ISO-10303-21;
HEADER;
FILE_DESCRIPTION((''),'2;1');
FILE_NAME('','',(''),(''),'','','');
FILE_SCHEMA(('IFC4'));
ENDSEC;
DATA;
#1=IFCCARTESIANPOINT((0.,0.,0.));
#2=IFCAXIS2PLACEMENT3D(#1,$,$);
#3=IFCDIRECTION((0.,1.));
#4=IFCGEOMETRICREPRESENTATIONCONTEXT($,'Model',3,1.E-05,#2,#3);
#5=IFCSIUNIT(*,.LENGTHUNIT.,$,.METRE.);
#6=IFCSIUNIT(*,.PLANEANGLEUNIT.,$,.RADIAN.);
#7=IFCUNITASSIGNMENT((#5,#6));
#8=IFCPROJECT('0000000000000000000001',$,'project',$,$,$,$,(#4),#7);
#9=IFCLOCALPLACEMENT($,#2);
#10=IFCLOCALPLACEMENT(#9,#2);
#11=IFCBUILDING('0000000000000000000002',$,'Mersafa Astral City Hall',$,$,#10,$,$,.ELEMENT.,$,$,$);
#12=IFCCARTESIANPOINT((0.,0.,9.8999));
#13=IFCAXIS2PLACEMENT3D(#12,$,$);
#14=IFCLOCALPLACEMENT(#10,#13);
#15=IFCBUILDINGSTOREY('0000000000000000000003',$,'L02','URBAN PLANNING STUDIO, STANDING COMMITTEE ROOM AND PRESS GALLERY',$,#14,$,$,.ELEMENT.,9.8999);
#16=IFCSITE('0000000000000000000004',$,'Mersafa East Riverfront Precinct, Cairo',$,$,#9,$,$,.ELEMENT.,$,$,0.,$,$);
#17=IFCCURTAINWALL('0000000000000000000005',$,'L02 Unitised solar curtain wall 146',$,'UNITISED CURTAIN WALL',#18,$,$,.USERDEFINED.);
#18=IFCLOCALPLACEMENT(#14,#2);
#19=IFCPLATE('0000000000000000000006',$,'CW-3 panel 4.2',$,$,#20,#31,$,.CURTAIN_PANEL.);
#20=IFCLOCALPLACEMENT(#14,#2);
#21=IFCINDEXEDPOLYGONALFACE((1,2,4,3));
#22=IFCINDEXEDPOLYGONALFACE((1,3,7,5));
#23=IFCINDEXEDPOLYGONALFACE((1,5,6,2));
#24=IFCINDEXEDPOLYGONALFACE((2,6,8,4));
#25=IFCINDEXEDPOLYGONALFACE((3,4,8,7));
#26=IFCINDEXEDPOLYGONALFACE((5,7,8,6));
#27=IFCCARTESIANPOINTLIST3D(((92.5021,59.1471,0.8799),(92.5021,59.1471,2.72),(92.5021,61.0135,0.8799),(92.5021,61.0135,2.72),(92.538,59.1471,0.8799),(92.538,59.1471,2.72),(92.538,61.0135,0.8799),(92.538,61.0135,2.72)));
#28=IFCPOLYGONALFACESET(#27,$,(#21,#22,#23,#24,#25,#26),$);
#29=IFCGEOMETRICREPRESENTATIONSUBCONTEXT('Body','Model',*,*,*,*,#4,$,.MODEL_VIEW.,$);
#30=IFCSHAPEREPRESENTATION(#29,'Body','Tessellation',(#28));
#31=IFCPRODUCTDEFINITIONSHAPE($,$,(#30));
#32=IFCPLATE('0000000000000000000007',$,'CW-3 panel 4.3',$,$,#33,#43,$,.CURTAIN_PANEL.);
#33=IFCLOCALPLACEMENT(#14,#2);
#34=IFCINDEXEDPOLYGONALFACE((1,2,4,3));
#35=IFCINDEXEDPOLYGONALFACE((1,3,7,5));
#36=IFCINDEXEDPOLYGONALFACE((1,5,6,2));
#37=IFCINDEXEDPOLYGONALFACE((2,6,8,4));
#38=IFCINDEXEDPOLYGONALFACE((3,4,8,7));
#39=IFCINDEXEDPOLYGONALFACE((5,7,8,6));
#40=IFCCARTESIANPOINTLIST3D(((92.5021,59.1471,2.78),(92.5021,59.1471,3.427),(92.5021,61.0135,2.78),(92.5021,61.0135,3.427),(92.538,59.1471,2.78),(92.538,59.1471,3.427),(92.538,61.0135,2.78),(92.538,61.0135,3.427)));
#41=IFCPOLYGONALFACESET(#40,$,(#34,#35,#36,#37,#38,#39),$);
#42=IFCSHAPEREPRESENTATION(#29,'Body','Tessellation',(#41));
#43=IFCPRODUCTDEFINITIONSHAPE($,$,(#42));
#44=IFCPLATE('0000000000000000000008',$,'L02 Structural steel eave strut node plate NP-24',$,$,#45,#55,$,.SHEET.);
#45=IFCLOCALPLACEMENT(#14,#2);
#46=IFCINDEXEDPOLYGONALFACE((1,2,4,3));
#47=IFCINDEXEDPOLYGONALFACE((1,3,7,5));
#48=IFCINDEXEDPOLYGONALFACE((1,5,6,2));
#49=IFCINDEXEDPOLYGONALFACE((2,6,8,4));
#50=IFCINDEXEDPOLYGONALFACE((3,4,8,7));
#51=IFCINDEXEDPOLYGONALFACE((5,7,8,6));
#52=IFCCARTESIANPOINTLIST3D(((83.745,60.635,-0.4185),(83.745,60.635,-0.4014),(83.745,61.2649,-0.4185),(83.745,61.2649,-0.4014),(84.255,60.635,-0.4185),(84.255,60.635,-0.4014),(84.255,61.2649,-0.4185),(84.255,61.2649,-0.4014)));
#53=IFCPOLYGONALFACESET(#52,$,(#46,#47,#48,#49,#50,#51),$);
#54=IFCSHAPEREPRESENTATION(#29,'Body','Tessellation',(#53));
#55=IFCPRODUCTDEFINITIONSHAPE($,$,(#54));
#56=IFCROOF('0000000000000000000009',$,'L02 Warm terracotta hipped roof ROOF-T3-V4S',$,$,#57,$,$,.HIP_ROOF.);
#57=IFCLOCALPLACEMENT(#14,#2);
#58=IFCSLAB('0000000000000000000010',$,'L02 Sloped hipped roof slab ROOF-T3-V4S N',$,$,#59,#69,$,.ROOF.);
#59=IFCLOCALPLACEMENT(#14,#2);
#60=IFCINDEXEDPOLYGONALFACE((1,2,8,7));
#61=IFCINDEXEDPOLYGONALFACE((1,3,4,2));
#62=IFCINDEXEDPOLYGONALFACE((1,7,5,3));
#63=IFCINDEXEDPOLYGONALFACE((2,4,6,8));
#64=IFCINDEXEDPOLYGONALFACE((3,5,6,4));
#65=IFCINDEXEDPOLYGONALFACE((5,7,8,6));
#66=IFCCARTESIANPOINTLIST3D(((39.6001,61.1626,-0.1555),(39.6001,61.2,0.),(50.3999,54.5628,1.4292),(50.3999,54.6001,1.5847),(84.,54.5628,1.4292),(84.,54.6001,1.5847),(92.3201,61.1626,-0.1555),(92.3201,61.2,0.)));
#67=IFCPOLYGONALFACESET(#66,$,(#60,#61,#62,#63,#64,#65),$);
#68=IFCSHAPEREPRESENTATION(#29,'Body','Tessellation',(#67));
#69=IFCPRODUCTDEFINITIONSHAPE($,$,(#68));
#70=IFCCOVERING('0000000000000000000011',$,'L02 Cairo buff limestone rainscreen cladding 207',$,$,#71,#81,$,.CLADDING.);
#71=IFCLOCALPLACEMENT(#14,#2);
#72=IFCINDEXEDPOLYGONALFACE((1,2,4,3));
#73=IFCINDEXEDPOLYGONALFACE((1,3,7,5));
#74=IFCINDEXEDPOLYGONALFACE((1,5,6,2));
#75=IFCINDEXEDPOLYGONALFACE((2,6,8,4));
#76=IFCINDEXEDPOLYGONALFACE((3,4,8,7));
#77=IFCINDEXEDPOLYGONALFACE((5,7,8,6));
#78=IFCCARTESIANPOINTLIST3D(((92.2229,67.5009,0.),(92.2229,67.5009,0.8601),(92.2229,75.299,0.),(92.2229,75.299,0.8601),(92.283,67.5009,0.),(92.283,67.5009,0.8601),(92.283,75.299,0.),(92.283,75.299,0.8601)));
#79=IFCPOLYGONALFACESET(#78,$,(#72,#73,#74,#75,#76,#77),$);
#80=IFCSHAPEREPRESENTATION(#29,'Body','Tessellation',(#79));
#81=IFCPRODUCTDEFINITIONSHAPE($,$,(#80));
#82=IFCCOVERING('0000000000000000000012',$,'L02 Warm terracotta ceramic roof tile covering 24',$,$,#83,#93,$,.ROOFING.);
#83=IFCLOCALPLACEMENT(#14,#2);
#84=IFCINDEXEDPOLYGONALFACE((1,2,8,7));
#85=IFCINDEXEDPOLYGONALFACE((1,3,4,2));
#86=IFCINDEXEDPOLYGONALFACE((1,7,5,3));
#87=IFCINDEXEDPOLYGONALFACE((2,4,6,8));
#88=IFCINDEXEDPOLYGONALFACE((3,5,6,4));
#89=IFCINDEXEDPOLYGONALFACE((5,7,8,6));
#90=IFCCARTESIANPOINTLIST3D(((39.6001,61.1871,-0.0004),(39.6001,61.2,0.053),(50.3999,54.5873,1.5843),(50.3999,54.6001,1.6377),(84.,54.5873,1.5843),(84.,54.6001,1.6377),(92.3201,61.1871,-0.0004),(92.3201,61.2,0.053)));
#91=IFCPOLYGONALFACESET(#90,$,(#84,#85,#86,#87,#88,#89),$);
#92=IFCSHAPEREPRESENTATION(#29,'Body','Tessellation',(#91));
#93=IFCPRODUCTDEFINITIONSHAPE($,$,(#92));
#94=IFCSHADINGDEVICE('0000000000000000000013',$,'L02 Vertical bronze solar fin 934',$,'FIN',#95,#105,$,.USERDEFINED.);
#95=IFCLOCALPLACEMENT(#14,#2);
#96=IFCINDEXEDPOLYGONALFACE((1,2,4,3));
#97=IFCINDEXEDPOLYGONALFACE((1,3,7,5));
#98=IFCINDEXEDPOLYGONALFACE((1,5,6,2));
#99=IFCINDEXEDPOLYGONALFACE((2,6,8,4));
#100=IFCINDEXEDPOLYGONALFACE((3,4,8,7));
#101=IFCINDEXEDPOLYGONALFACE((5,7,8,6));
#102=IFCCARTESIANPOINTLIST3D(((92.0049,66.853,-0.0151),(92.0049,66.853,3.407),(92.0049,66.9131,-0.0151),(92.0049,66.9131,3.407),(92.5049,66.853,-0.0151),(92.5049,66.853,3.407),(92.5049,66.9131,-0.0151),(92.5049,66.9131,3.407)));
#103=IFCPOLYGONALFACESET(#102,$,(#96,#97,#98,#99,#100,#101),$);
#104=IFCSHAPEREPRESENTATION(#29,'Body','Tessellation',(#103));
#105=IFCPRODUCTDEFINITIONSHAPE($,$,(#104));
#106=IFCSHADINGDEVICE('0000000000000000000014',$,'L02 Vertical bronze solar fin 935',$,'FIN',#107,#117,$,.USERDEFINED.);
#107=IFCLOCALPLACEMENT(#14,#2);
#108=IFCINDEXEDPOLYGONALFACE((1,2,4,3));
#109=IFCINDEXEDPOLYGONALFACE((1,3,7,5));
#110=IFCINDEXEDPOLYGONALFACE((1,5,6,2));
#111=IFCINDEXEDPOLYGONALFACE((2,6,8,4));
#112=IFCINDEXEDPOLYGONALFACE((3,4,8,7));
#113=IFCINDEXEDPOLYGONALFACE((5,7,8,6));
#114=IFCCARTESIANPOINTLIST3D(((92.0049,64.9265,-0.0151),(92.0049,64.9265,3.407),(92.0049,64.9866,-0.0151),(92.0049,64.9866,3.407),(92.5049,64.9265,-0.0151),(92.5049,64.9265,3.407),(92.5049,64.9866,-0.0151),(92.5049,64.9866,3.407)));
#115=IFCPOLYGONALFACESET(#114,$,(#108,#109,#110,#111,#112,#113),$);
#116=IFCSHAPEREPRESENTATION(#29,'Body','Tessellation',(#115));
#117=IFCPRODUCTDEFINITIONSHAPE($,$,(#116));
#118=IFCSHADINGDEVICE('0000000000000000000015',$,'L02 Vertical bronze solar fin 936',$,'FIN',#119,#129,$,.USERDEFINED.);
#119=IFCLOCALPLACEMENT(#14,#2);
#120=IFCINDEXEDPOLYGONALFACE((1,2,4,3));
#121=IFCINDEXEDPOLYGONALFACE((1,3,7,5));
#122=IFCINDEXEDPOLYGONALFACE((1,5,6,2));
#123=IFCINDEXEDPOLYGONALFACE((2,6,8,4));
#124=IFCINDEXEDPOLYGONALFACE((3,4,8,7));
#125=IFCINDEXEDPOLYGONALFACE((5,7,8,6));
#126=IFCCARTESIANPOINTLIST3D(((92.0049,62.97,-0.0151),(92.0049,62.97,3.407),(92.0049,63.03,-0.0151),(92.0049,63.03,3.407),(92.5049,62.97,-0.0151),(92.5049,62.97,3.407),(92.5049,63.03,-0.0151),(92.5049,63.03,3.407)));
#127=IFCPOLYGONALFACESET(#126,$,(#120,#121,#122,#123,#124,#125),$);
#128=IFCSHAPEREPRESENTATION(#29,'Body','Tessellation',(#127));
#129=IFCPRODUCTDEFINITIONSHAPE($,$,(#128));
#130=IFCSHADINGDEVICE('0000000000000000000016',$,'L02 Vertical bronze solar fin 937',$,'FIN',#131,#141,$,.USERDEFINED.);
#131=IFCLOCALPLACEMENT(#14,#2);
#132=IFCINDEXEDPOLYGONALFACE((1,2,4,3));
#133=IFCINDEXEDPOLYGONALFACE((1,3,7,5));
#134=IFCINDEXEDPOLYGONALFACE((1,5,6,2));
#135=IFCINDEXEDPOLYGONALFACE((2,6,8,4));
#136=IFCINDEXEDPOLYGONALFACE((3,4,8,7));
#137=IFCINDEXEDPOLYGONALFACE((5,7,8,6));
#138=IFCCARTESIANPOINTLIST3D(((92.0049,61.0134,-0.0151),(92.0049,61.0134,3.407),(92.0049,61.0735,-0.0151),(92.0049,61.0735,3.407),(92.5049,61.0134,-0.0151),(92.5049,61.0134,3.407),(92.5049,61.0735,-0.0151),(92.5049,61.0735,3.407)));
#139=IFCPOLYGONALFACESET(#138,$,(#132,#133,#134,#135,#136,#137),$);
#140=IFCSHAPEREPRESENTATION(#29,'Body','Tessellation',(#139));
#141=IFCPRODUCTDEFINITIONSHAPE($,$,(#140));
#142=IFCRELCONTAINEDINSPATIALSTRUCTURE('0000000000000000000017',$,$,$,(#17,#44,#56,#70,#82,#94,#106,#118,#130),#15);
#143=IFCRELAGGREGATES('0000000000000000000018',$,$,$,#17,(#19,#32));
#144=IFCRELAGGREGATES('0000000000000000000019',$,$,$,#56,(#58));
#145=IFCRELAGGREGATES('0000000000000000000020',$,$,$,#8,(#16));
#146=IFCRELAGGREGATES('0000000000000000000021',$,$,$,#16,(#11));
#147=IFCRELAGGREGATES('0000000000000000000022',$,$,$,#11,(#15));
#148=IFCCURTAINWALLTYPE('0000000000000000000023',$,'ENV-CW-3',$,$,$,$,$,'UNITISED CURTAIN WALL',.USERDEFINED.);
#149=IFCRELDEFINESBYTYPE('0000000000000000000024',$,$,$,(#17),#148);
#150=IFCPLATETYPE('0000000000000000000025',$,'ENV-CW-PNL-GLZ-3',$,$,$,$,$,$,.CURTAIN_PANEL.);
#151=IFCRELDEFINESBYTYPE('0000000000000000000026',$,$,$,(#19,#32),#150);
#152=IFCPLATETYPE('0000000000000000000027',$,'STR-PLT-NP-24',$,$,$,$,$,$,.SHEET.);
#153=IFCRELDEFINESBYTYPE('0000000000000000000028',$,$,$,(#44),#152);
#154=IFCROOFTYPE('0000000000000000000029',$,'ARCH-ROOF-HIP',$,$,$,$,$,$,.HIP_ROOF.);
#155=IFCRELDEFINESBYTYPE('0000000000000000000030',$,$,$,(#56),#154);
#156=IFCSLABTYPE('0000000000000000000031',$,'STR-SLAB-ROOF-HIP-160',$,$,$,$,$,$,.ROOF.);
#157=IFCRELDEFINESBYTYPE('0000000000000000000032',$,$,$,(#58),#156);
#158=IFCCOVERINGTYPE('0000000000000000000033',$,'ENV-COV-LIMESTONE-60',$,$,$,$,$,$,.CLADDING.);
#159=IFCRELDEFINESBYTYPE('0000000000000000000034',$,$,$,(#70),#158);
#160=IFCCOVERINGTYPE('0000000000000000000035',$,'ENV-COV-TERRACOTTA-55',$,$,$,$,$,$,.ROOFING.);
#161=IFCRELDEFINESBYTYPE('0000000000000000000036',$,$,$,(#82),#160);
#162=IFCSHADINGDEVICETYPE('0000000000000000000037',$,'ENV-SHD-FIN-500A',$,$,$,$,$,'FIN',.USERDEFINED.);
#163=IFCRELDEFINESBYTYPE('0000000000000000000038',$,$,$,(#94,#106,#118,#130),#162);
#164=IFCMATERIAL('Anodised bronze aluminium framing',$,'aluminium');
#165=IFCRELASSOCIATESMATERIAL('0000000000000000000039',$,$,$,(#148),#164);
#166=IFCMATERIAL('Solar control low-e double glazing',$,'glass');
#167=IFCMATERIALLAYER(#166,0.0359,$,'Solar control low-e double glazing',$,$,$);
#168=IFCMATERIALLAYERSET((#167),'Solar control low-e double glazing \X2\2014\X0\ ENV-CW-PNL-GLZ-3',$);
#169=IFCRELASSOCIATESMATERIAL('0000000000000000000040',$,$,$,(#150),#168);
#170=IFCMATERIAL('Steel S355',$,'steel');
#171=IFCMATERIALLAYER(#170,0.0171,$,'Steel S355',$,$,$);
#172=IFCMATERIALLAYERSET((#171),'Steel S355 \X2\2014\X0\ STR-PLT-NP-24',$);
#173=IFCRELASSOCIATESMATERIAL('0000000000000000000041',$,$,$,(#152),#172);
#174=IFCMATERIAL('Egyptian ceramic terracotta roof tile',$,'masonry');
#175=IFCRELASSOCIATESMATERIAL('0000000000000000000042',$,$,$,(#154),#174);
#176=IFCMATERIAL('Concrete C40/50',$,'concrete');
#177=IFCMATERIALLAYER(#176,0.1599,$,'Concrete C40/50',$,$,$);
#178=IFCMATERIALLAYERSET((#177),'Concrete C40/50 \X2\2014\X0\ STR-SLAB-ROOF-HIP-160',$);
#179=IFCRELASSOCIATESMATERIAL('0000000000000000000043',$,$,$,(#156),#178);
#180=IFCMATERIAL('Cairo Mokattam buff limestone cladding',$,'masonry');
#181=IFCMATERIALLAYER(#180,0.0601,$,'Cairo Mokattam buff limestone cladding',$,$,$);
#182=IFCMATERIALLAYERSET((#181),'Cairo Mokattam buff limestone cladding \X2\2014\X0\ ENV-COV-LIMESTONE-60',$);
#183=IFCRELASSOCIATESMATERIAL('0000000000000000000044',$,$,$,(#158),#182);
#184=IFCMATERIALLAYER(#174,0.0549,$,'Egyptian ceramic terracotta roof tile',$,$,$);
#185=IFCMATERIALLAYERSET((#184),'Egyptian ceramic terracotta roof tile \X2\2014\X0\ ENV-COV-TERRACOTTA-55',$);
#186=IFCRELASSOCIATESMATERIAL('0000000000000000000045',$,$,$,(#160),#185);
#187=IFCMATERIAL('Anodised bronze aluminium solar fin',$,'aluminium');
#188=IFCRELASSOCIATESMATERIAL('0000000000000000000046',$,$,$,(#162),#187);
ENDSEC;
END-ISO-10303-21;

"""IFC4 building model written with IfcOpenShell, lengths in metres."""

from ifc_helpers import new_model, si_unit, direction, frame, origin, origin_2d, place, context, subcontext, project, spatial, polyline, rectangle, outline, extrude, material, layer, layer_set, type_object, element, aggregate, save


model = new_model("IFC4")

# Units and contexts
model_context = context("Model", 3, precision=1e-05, world=origin(), true_north=direction((0.0, 1.0)))
body_context = subcontext(model_context, "Body", "Model", "MODEL_VIEW")
ifc_project = project(units=[si_unit("LENGTHUNIT", "METRE"), si_unit("PLANEANGLEUNIT", "RADIAN")], contexts=[model_context])

# Site, building, storey
site_placement = place(None, origin())
site = spatial("IfcSite", under=ifc_project, at=site_placement, Name="Mersafa East Riverfront Precinct, Cairo", CompositionType="ELEMENT", RefElevation=0.0)
building_placement = place(site_placement, origin())
building = spatial("IfcBuilding", under=site, at=building_placement, Name="Mersafa Astral City Hall", CompositionType="ELEMENT")
storey_placement = place(building_placement, frame((0.0, 0.0, 9.8999)))
storey = spatial("IfcBuildingStorey", under=building, at=storey_placement, Name="L02", Description="URBAN PLANNING STUDIO, STANDING COMMITTEE ROOM AND PRESS GALLERY", CompositionType="ELEMENT", Elevation=9.8999)

# Shared definitions
ifc_material_1 = material(Name="Steel S355", Category="steel")

# Curtain wall
ifc_material_2 = material(Name="Anodised bronze aluminium framing", Category="aluminium")
curtain_wall_type = type_object("IfcCurtainWallType", Name="ENV-CW-3", ElementType="UNITISED CURTAIN WALL", PredefinedType="USERDEFINED", material=ifc_material_2)
curtain_wall_placement = place(storey_placement, origin())
curtain_wall = element("IfcCurtainWall", 1, at=curtain_wall_placement, inside=storey, type_object=curtain_wall_type, Name="L02 Unitised solar curtain wall 146", ObjectType="UNITISED CURTAIN WALL", PredefinedType="USERDEFINED")

# Plates
ifc_material_3 = material(Name="Solar control low-e double glazing", Category="glass")
ifc_layer_1 = layer(ifc_material_3, 0.0359, Name="Solar control low-e double glazing")
ifc_layer_set_1 = layer_set([ifc_layer_1], Name="Solar control low-e double glazing — ENV-CW-PNL-GLZ-3")
plate_type_1 = type_object("IfcPlateType", Name="ENV-CW-PNL-GLZ-3", PredefinedType="CURTAIN_PANEL", material=ifc_layer_set_1)
plate_1_placement = place(storey_placement, frame((92.52, 60.0803, 0.8799), z_axis=(0.0, 0.0, 1.0), x_axis=(0.0, -1.0, 0.0)))
plate_1 = element("IfcPlate", 2, at=plate_1_placement, type_object=plate_type_1, Name="CW-3 panel 4.2", PredefinedType="CURTAIN_PANEL", context=body_context, shape_type="SweptSolid", body=[
    extrude(rectangle(XDim=1.8665, YDim=0.0359, at=origin_2d()), origin(), (0.0, 0.0, 1.0), 1.8401),
])
plate_2_placement = place(storey_placement, frame((92.52, 60.0803, 2.78), z_axis=(0.0, 0.0, 1.0), x_axis=(0.0, -1.0, 0.0)))
plate_2 = element("IfcPlate", 3, at=plate_2_placement, type_object=plate_type_1, Name="CW-3 panel 4.3", PredefinedType="CURTAIN_PANEL", context=body_context, shape_type="SweptSolid", body=[
    extrude(rectangle(XDim=1.8665, YDim=0.0359, at=origin_2d()), origin(), (0.0, 0.0, 1.0), 0.647),
])
aggregate(curtain_wall, [plate_1, plate_2])
ifc_layer_2 = layer(ifc_material_1, 0.0171, Name="Steel S355")
ifc_layer_set_2 = layer_set([ifc_layer_2], Name="Steel S355 — STR-PLT-NP-24")
plate_type_2 = type_object("IfcPlateType", Name="STR-PLT-NP-24", PredefinedType="SHEET", material=ifc_layer_set_2)
plate_3_placement = place(storey_placement, frame((84.0, 60.95, -0.4185), z_axis=(0.0, 0.0, 1.0), x_axis=(1.0, 0.0, 0.0)))
element("IfcPlate", 4, at=plate_3_placement, inside=storey, type_object=plate_type_2, Name="L02 Structural steel eave strut node plate NP-24", PredefinedType="SHEET", context=body_context, shape_type="SweptSolid", body=[
    extrude(rectangle(XDim=0.51, YDim=0.6299, at=origin_2d()), origin(), (0.0, 0.0, 1.0), 0.0171),
])

# Roof, slab
ifc_material_4 = material(Name="Egyptian ceramic terracotta roof tile", Category="masonry")
roof_type = type_object("IfcRoofType", Name="ARCH-ROOF-HIP", PredefinedType="HIP_ROOF", material=ifc_material_4)
roof_placement = place(storey_placement, origin())
roof = element("IfcRoof", 5, at=roof_placement, inside=storey, type_object=roof_type, Name="L02 Warm terracotta hipped roof ROOF-T3-V4S", PredefinedType="HIP_ROOF")
ifc_material_5 = material(Name="Concrete C40/50", Category="concrete")
ifc_layer_3 = layer(ifc_material_5, 0.1599, Name="Concrete C40/50")
ifc_layer_set_3 = layer_set([ifc_layer_3], Name="Concrete C40/50 — STR-SLAB-ROOF-HIP-160")
slab_type = type_object("IfcSlabType", Name="STR-SLAB-ROOF-HIP-160", PredefinedType="ROOF", material=ifc_layer_set_3)
slab_placement = place(storey_placement, frame((92.3201, 61.2, 0.0), z_axis=(0.0, 0.233478, 0.972362), x_axis=(-1.0, 0.0, 0.0)))
slab = element("IfcSlab", 6, at=slab_placement, type_object=slab_type, Name="L02 Sloped hipped roof slab ROOF-T3-V4S N", PredefinedType="ROOF", context=body_context, shape_type="SweptSolid", body=[
    extrude(outline(polyline([(0.0, 0.0), (52.72, 0.0), (41.9202, 6.7874), (8.3201, 6.7874), (0.0, 0.0)])), origin(), (0.0, 0.0, -1.0), 0.1599),
])
aggregate(roof, [slab])

# Coverings
ifc_material_6 = material(Name="Cairo Mokattam buff limestone cladding", Category="masonry")
ifc_layer_4 = layer(ifc_material_6, 0.0601, Name="Cairo Mokattam buff limestone cladding")
ifc_layer_set_4 = layer_set([ifc_layer_4], Name="Cairo Mokattam buff limestone cladding — ENV-COV-LIMESTONE-60")
covering_type_1 = type_object("IfcCoveringType", Name="ENV-COV-LIMESTONE-60", PredefinedType="CLADDING", material=ifc_layer_set_4)
covering_1_placement = place(storey_placement, frame((92.2529, 71.3999, 0.0), z_axis=(0.0, 0.0, 1.0), x_axis=(0.0, -1.0, 0.0)))
element("IfcCovering", 7, at=covering_1_placement, inside=storey, type_object=covering_type_1, Name="L02 Cairo buff limestone rainscreen cladding 207", PredefinedType="CLADDING", context=body_context, shape_type="SweptSolid", body=[
    extrude(rectangle(XDim=7.7981, YDim=0.0601, at=origin_2d()), origin(), (0.0, 0.0, 1.0), 0.8601),
])
ifc_layer_5 = layer(ifc_material_4, 0.0549, Name="Egyptian ceramic terracotta roof tile")
ifc_layer_set_5 = layer_set([ifc_layer_5], Name="Egyptian ceramic terracotta roof tile — ENV-COV-TERRACOTTA-55")
covering_type_2 = type_object("IfcCoveringType", Name="ENV-COV-TERRACOTTA-55", PredefinedType="ROOFING", material=ifc_layer_set_5)
covering_2_placement = place(storey_placement, frame((92.3201, 61.2, 0.053), z_axis=(0.0, 0.233478, 0.972362), x_axis=(-1.0, 0.0, 0.0)))
element("IfcCovering", 8, at=covering_2_placement, inside=storey, type_object=covering_type_2, Name="L02 Warm terracotta ceramic roof tile covering 24", PredefinedType="ROOFING", context=body_context, shape_type="SweptSolid", body=[
    extrude(outline(polyline([(0.0, 0.0), (52.72, 0.0), (41.9202, 6.7874), (8.3201, 6.7874), (0.0, 0.0)])), origin(), (0.0, 0.0, -1.0), 0.0549),
])

# Shading devices
ifc_material_7 = material(Name="Anodised bronze aluminium solar fin", Category="aluminium")
shading_device_type = type_object("IfcShadingDeviceType", Name="ENV-SHD-FIN-500A", ElementType="FIN", PredefinedType="USERDEFINED", material=ifc_material_7)
for number, where, z_axis, x_axis, name in (
    (9, (92.2549, 66.8831, -0.0151), (0.0, 0.0, 1.0), (0.0, -1.0, 0.0), "L02 Vertical bronze solar fin 934"),
    (10, (92.2549, 64.9565, -0.0151), (0.0, 0.0, 1.0), (0.0, -1.0, 0.0), "L02 Vertical bronze solar fin 935"),
    (11, (92.2549, 63.0, -0.0151), (0.0, 0.0, 1.0), (0.0, -1.0, 0.0), "L02 Vertical bronze solar fin 936"),
    (12, (92.2549, 61.0435, -0.0151), (0.0, 0.0, 1.0), (0.0, -1.0, 0.0), "L02 Vertical bronze solar fin 937"),
):
    element("IfcShadingDevice", number, at=place(storey_placement, frame(where, z_axis=z_axis, x_axis=x_axis)), inside=storey, type_object=shading_device_type, Name=name, ObjectType="FIN", PredefinedType="USERDEFINED", context=body_context, shape_type="SweptSolid", body=[
        extrude(rectangle(XDim=0.0601, YDim=0.5, at=origin_2d()), origin(), (0.0, 0.0, 1.0), 3.4221),
    ])

save(model, "model.ifc")
